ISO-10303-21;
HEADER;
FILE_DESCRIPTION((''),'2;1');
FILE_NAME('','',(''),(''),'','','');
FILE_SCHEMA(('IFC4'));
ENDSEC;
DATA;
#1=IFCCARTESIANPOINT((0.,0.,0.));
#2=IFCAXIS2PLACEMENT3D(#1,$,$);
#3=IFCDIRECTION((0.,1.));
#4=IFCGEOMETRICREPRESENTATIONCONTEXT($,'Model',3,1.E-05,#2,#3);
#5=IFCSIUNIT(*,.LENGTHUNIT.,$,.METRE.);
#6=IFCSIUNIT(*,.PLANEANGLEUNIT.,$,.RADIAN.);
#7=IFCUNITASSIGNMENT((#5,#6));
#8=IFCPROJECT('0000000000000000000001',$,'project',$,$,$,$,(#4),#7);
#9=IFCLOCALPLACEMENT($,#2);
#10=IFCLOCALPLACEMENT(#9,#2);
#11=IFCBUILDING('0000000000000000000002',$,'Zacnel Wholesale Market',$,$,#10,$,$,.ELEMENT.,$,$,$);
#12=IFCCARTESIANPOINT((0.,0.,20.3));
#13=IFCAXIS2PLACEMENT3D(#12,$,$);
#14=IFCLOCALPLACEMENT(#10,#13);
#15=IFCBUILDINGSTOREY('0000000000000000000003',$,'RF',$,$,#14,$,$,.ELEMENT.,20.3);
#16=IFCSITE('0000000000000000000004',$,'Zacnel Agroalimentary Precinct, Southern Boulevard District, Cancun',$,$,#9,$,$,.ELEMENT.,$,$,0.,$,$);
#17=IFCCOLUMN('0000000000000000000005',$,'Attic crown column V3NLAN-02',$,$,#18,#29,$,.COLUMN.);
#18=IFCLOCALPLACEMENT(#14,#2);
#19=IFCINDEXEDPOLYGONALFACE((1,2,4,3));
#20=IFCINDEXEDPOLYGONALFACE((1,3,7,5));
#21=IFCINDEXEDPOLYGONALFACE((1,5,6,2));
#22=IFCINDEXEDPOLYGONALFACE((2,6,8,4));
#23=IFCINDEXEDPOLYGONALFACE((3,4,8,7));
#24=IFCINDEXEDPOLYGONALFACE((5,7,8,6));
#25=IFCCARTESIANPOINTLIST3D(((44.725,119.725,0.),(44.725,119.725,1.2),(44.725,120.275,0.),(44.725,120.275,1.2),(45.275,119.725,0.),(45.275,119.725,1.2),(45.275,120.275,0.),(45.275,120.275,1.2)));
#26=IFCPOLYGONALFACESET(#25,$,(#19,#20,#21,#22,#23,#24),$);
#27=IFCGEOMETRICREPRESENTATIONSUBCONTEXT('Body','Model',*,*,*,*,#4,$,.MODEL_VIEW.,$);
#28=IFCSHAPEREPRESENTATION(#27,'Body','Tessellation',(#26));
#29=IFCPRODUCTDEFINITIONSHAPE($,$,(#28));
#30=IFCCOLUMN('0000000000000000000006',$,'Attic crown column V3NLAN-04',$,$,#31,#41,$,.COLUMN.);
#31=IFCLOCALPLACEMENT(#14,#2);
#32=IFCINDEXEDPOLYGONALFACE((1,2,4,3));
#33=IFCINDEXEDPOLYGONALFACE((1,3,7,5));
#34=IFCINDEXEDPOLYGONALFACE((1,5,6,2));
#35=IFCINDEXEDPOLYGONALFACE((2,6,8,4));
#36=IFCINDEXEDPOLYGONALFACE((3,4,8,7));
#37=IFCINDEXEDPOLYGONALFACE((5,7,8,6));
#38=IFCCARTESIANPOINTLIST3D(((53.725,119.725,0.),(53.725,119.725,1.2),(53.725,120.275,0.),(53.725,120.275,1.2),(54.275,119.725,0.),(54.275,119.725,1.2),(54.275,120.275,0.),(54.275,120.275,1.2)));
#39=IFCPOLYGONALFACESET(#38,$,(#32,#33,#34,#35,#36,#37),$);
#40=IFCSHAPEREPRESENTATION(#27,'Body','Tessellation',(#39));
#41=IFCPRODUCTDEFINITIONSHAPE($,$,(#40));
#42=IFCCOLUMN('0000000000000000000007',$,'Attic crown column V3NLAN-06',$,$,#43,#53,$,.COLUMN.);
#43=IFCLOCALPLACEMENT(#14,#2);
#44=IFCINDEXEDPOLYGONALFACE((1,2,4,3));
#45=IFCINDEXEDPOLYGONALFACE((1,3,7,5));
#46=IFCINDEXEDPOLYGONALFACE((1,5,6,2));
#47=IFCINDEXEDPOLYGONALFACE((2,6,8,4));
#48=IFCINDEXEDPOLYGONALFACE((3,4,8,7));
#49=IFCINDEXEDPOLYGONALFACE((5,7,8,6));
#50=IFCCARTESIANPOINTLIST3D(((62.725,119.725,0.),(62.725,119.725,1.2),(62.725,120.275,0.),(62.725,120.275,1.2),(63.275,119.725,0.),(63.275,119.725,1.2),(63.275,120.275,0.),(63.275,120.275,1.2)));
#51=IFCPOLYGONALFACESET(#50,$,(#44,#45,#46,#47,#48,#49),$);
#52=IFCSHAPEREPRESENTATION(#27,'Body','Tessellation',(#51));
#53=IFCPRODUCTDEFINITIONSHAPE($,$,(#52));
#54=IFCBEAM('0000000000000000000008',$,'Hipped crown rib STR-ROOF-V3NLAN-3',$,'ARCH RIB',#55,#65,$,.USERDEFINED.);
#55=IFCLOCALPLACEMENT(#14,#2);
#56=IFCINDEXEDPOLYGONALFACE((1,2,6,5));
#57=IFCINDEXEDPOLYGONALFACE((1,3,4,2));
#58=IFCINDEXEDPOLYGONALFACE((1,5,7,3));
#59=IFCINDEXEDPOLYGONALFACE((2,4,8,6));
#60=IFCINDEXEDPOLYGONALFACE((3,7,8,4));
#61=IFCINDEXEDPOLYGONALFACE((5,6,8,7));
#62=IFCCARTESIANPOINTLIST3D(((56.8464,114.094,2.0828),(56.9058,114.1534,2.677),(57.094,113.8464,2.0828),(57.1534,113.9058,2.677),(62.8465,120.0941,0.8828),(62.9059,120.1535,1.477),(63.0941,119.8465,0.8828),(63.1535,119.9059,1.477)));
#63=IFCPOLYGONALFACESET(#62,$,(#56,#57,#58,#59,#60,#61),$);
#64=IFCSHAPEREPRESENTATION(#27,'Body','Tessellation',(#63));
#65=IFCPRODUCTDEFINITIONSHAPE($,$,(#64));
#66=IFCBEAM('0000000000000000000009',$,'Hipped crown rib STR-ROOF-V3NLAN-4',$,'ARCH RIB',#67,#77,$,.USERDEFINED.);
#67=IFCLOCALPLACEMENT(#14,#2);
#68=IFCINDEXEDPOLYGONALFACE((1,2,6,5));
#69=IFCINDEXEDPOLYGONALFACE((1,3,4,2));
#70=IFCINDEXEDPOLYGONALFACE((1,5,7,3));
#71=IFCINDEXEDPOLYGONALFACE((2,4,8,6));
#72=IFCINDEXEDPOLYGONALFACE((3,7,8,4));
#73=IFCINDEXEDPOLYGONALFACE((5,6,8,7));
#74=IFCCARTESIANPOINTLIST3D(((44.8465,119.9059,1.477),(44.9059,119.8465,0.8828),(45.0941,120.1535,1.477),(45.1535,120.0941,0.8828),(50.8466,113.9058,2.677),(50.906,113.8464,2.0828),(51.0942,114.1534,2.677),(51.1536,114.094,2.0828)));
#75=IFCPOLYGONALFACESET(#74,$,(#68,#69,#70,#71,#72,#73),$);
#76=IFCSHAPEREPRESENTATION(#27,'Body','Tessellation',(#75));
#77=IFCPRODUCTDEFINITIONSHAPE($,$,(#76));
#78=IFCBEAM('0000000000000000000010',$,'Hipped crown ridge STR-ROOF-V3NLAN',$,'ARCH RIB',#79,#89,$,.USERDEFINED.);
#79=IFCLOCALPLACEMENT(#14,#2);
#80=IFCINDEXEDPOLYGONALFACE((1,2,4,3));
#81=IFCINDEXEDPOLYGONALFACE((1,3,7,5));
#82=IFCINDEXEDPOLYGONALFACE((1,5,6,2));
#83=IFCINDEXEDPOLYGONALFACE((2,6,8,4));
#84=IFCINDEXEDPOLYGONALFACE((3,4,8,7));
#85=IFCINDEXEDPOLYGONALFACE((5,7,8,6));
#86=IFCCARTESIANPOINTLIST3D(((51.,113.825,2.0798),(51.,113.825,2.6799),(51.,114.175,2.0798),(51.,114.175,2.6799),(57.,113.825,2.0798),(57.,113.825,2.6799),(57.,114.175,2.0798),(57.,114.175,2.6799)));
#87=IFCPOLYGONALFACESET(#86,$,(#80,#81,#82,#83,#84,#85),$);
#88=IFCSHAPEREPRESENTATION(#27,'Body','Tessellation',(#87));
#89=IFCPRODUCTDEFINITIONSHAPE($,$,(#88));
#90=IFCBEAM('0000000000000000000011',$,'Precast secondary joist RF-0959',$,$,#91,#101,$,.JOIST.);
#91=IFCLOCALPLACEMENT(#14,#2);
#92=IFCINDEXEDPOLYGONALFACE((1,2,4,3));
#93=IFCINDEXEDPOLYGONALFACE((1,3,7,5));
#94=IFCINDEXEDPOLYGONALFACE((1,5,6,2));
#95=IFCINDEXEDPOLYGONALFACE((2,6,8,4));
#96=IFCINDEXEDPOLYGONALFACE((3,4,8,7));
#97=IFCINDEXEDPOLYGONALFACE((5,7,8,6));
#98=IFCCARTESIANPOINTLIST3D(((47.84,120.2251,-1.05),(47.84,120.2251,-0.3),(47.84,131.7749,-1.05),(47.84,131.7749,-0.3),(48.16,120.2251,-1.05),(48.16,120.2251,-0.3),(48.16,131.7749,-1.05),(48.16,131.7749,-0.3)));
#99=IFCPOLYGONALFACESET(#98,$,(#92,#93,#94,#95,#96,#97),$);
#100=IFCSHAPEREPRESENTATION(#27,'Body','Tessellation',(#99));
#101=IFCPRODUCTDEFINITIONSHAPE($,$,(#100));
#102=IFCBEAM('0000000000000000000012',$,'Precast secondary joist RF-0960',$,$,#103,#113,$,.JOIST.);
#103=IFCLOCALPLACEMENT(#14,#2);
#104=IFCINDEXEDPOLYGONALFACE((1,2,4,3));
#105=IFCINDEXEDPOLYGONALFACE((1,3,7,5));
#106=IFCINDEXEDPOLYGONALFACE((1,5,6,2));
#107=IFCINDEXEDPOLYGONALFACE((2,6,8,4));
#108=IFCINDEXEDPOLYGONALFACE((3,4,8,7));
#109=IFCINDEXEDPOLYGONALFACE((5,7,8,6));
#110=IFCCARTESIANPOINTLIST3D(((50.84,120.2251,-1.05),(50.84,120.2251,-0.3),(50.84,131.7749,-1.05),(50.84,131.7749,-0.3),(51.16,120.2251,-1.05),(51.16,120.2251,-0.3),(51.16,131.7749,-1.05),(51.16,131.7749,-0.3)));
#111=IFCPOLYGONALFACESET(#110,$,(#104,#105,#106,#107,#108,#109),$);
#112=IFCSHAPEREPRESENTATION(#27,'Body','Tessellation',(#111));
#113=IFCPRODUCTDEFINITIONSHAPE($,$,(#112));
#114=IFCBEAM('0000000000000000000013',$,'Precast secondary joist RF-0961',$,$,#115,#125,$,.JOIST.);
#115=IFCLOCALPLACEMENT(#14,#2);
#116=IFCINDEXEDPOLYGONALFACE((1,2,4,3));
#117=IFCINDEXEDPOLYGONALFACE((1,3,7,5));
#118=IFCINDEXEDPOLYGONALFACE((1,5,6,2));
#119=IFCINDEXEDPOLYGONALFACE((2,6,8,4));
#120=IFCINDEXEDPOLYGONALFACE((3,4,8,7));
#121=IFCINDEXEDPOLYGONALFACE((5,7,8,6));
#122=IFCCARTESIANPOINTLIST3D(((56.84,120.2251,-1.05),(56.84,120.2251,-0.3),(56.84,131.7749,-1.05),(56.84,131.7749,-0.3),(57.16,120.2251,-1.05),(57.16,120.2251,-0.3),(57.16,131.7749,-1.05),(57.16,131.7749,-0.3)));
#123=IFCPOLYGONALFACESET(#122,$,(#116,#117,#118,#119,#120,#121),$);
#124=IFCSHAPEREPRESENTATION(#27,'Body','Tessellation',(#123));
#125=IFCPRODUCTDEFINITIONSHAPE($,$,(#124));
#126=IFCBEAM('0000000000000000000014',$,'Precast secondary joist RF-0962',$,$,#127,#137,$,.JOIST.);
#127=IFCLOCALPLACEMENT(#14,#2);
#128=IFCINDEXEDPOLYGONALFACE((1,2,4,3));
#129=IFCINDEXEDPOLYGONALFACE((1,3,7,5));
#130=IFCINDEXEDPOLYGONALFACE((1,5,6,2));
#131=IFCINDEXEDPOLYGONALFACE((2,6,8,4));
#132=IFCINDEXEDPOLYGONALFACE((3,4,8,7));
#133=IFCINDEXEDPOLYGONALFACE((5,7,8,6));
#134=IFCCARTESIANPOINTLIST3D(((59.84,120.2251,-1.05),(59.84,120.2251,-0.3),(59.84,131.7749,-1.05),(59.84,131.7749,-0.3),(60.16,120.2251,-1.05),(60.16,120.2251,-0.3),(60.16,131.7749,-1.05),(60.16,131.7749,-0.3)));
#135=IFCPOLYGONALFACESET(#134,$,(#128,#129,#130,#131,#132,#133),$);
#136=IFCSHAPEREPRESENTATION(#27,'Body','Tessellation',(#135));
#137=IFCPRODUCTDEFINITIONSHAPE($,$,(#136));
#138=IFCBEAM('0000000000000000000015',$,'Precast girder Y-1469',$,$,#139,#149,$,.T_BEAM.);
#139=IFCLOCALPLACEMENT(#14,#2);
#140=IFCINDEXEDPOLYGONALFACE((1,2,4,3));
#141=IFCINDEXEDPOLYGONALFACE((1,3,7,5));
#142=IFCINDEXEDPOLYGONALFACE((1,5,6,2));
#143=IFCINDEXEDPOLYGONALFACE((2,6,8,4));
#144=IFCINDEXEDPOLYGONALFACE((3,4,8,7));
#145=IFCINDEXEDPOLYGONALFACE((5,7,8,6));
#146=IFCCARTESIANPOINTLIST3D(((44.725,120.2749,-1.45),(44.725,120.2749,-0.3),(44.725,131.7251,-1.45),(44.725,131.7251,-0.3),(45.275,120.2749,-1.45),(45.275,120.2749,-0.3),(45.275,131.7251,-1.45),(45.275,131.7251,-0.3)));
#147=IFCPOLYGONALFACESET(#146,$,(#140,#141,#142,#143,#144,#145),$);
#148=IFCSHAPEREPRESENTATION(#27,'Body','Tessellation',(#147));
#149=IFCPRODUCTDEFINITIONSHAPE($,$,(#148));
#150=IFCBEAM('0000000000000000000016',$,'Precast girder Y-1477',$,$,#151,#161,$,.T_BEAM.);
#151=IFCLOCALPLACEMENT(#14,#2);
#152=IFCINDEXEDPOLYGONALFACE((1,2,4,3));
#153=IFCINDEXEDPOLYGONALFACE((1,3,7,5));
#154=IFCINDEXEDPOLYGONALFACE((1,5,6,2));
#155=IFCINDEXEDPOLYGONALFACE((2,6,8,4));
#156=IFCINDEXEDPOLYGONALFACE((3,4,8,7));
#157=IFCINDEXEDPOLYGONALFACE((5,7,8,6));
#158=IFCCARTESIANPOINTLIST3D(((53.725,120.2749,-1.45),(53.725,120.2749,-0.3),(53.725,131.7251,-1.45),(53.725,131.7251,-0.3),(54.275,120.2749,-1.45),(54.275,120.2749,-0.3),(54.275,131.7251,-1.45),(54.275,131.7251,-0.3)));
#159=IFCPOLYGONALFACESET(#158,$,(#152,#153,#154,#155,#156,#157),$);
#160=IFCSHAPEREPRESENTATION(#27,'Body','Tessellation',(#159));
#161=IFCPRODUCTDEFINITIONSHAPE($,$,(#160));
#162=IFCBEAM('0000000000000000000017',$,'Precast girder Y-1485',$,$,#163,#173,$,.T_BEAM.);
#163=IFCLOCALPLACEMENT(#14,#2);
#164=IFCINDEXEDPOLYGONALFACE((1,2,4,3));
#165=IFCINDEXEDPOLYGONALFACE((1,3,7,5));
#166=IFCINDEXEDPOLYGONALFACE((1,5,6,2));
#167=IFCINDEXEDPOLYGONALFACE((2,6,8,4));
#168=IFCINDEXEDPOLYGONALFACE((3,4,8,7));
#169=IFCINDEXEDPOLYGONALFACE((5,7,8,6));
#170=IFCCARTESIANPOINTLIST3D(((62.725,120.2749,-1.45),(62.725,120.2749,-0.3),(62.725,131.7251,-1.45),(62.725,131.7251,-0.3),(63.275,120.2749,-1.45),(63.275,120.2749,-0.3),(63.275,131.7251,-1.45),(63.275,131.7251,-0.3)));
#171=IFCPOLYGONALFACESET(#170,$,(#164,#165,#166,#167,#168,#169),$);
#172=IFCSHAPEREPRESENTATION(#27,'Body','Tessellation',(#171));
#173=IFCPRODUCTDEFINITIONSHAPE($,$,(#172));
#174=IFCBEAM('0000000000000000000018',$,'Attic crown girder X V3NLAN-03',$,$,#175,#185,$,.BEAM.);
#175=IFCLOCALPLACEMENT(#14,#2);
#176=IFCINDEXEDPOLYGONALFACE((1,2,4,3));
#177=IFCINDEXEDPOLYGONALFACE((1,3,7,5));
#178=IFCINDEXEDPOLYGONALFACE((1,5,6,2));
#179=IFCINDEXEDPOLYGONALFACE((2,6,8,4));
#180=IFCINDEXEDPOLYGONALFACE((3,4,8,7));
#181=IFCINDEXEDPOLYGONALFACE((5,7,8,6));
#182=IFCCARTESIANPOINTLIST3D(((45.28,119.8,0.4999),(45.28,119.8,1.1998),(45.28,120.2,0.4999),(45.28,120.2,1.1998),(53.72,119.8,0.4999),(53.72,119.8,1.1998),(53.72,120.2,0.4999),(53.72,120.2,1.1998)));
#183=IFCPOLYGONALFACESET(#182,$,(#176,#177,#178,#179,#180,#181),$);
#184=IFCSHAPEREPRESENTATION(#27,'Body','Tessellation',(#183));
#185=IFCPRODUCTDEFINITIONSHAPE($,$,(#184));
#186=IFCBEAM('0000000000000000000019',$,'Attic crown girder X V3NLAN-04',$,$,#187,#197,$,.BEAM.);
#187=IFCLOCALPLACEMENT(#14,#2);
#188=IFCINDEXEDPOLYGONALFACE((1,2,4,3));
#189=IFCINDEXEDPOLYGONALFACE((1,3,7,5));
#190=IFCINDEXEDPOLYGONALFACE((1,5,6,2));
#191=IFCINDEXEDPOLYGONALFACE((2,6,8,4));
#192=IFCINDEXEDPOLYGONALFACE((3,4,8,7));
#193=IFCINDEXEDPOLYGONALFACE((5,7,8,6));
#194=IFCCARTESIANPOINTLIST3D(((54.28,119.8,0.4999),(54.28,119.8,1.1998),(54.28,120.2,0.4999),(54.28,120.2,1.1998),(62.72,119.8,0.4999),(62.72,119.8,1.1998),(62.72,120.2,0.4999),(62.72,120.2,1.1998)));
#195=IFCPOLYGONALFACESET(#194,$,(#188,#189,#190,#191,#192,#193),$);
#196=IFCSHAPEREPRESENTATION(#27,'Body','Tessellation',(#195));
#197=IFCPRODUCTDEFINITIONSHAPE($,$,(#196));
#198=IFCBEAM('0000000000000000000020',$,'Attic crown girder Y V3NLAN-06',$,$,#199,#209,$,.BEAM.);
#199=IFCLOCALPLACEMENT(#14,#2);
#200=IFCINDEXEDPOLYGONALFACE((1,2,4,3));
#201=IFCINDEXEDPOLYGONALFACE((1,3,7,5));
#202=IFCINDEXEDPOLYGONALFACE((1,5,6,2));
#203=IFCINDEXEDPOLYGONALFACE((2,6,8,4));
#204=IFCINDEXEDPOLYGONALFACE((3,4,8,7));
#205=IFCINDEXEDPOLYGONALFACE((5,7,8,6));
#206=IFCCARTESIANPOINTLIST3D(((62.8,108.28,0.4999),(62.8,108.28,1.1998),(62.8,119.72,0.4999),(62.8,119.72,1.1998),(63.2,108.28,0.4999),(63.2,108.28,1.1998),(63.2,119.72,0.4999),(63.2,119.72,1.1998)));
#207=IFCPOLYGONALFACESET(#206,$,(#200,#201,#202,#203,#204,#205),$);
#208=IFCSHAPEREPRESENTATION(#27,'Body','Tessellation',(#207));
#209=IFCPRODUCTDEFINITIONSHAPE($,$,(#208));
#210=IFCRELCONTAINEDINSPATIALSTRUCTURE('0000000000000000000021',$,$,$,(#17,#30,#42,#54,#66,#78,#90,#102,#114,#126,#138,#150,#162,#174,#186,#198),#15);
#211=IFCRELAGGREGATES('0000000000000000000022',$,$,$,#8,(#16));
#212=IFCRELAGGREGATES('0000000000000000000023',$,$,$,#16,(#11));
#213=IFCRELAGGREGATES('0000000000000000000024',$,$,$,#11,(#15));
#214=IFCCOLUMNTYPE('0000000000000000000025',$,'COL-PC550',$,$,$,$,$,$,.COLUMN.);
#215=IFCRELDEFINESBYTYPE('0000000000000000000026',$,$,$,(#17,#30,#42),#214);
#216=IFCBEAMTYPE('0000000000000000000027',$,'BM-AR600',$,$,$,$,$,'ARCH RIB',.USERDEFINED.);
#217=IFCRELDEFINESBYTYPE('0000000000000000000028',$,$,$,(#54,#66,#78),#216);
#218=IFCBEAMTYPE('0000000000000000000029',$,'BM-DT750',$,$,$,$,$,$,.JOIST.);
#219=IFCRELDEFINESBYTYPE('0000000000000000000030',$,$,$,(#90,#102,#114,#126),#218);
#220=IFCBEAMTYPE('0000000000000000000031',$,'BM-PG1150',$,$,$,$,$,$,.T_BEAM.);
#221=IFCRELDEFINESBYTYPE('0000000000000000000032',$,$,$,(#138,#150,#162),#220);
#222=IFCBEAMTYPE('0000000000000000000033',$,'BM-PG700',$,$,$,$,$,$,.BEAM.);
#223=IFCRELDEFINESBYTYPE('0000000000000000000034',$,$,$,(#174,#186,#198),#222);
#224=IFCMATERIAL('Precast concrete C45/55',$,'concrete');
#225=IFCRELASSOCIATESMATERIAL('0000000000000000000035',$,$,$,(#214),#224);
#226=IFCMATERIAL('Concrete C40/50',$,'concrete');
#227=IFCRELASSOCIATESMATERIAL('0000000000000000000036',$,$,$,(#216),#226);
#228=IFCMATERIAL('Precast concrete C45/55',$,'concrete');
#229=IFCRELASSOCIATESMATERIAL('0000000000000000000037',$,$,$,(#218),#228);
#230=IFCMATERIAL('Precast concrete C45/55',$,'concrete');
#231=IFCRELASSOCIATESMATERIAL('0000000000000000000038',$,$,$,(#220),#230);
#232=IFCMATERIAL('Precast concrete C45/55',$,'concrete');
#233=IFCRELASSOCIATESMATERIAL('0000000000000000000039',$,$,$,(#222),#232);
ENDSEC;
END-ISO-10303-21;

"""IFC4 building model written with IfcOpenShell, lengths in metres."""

from ifc_helpers import new_model, si_unit, direction, frame, origin, origin_2d, place, context, subcontext, project, spatial, rectangle, extrude, material, material_profile, profile_set, type_object, element, save


model = new_model("IFC4")

# Units and contexts
model_context = context("Model", 3, precision=1e-05, world=origin(), true_north=direction((0.0, 1.0)))
body_context = subcontext(model_context, "Body", "Model", "MODEL_VIEW")
ifc_project = project(units=[si_unit("LENGTHUNIT", "METRE"), si_unit("PLANEANGLEUNIT", "RADIAN")], contexts=[model_context])

# Site, building, storey
site_placement = place(None, origin())
site = spatial("IfcSite", under=ifc_project, at=site_placement, Name="Zacnel Agroalimentary Precinct, Southern Boulevard District, Cancun", CompositionType="ELEMENT", RefElevation=0.0)
building_placement = place(site_placement, origin())
building = spatial("IfcBuilding", under=site, at=building_placement, Name="Zacnel Wholesale Market", CompositionType="ELEMENT")
storey_placement = place(building_placement, frame((0.0, 0.0, 20.3)))
storey = spatial("IfcBuildingStorey", under=building, at=storey_placement, Name="RF", CompositionType="ELEMENT", Elevation=20.3)

# Columns
ifc_material_1 = material(Name="Precast concrete C45/55", Category="concrete")
ifc_material_profile_1 = material_profile(ifc_material_1, rectangle(XDim=0.55, YDim=0.55, at=origin_2d()), Name="PC 550x550")
ifc_profile_set_1 = profile_set([ifc_material_profile_1], Name="Precast concrete C45/55")
column_type = type_object("IfcColumnType", Name="COL-PC550", PredefinedType="COLUMN", material=ifc_profile_set_1)
for number, where, z_axis, x_axis, name in (
    (1, (45.0, 120.0, 0.0), (0.0, 0.0, 1.0), (1.0, 0.0, 0.0), "Attic crown column V3NLAN-02"),
    (2, (54.0, 120.0, 0.0), (0.0, 0.0, 1.0), (1.0, 0.0, 0.0), "Attic crown column V3NLAN-04"),
    (3, (63.0, 120.0, 0.0), (0.0, 0.0, 1.0), (1.0, 0.0, 0.0), "Attic crown column V3NLAN-06"),
):
    element("IfcColumn", number, at=place(storey_placement, frame(where, z_axis=z_axis, x_axis=x_axis)), inside=storey, type_object=column_type, Name=name, PredefinedType="COLUMN", context=body_context, shape_type="SweptSolid", body=[
        extrude(rectangle(XDim=0.55, YDim=0.55, at=origin_2d()), origin(), (0.0, 0.0, 1.0), 1.2),
    ])

# Beams
ifc_material_2 = material(Name="Concrete C40/50", Category="concrete")
ifc_material_profile_2 = material_profile(ifc_material_2, rectangle(XDim=0.3501, YDim=0.6001, at=origin_2d()), Name="ARCH RIB 350x600")
ifc_profile_set_2 = profile_set([ifc_material_profile_2], Name="Concrete C40/50")
beam_type_1 = type_object("IfcBeamType", Name="BM-AR600", ElementType="ARCH RIB", PredefinedType="USERDEFINED", material=ifc_profile_set_2)
for number, where, z_axis, x_axis, name in (
    (4, (63.0, 120.0, 1.1799), (-0.700141, -0.700141, 0.140022), (0.707107, -0.707107, 0.0), "Hipped crown rib STR-ROOF-V3NLAN-3"),
    (5, (45.0, 120.0, 1.1799), (0.700141, -0.700141, 0.140022), (0.707107, 0.707107, 0.0), "Hipped crown rib STR-ROOF-V3NLAN-4"),
):
    element("IfcBeam", number, at=place(storey_placement, frame(where, z_axis=z_axis, x_axis=x_axis)), inside=storey, type_object=beam_type_1, Name=name, ObjectType="ARCH RIB", PredefinedType="USERDEFINED", context=body_context, shape_type="SweptSolid", body=[
        extrude(rectangle(XDim=0.3501, YDim=0.6001, at=origin_2d()), origin(), (0.0, 0.0, 1.0), 8.5698),
    ])
beam_1_placement = place(storey_placement, frame((51.0, 114.0, 2.3799), z_axis=(1.0, 0.0, 0.0), x_axis=(0.0, 1.0, 0.0)))
element("IfcBeam", 6, at=beam_1_placement, inside=storey, type_object=beam_type_1, Name="Hipped crown ridge STR-ROOF-V3NLAN", ObjectType="ARCH RIB", PredefinedType="USERDEFINED", context=body_context, shape_type="SweptSolid", body=[
    extrude(rectangle(XDim=0.3501, YDim=0.6001, at=origin_2d()), origin(), (0.0, 0.0, 1.0), 6.0),
])
ifc_material_3 = material(Name="Precast concrete C45/55", Category="concrete")
ifc_material_profile_3 = material_profile(ifc_material_3, rectangle(XDim=0.3201, YDim=0.75, at=origin_2d()), Name="DT RIB 320x750")
ifc_profile_set_3 = profile_set([ifc_material_profile_3], Name="Precast concrete C45/55")
beam_type_2 = type_object("IfcBeamType", Name="BM-DT750", PredefinedType="JOIST", material=ifc_profile_set_3)
for number, where, z_axis, x_axis, name in (
    (7, (48.0, 120.2251, -0.675), (0.0, 1.0, 0.0), (-1.0, 0.0, 0.0), "Precast secondary joist RF-0959"),
    (8, (51.0, 120.2251, -0.675), (0.0, 1.0, 0.0), (-1.0, 0.0, 0.0), "Precast secondary joist RF-0960"),
    (9, (57.0, 120.2251, -0.675), (0.0, 1.0, 0.0), (-1.0, 0.0, 0.0), "Precast secondary joist RF-0961"),
    (10, (60.0, 120.2251, -0.675), (0.0, 1.0, 0.0), (-1.0, 0.0, 0.0), "Precast secondary joist RF-0962"),
):
    element("IfcBeam", number, at=place(storey_placement, frame(where, z_axis=z_axis, x_axis=x_axis)), inside=storey, type_object=beam_type_2, Name=name, PredefinedType="JOIST", context=body_context, shape_type="SweptSolid", body=[
        extrude(rectangle(XDim=0.3201, YDim=0.75, at=origin_2d()), origin(), (0.0, 0.0, 1.0), 11.5498),
    ])
ifc_material_4 = material(Name="Precast concrete C45/55", Category="concrete")
ifc_material_profile_4 = material_profile(ifc_material_4, rectangle(XDim=0.55, YDim=1.1499, at=origin_2d()), Name="PG 550x1150")
ifc_profile_set_4 = profile_set([ifc_material_profile_4], Name="Precast concrete C45/55")
beam_type_3 = type_object("IfcBeamType", Name="BM-PG1150", PredefinedType="T_BEAM", material=ifc_profile_set_4)
for number, where, z_axis, x_axis, name in (
    (11, (45.0, 120.2749, -0.875), (0.0, 1.0, 0.0), (-1.0, 0.0, 0.0), "Precast girder Y-1469"),
    (12, (54.0, 120.2749, -0.875), (0.0, 1.0, 0.0), (-1.0, 0.0, 0.0), "Precast girder Y-1477"),
    (13, (63.0, 120.2749, -0.875), (0.0, 1.0, 0.0), (-1.0, 0.0, 0.0), "Precast girder Y-1485"),
):
    element("IfcBeam", number, at=place(storey_placement, frame(where, z_axis=z_axis, x_axis=x_axis)), inside=storey, type_object=beam_type_3, Name=name, PredefinedType="T_BEAM", context=body_context, shape_type="SweptSolid", body=[
        extrude(rectangle(XDim=0.55, YDim=1.1499, at=origin_2d()), origin(), (0.0, 0.0, 1.0), 11.4502),
    ])
ifc_material_5 = material(Name="Precast concrete C45/55", Category="concrete")
ifc_material_profile_5 = material_profile(ifc_material_5, rectangle(XDim=0.3999, YDim=0.7, at=origin_2d()), Name="PG 400x700")
ifc_profile_set_5 = profile_set([ifc_material_profile_5], Name="Precast concrete C45/55")
beam_type_4 = type_object("IfcBeamType", Name="BM-PG700", PredefinedType="BEAM", material=ifc_profile_set_5)
for number, where, z_axis, x_axis, name in (
    (14, (45.28, 120.0, 0.8499), (1.0, 0.0, 0.0), (0.0, 1.0, 0.0), "Attic crown girder X V3NLAN-03"),
    (15, (54.28, 120.0, 0.8499), (1.0, 0.0, 0.0), (0.0, 1.0, 0.0), "Attic crown girder X V3NLAN-04"),
):
    element("IfcBeam", number, at=place(storey_placement, frame(where, z_axis=z_axis, x_axis=x_axis)), inside=storey, type_object=beam_type_4, Name=name, PredefinedType="BEAM", context=body_context, shape_type="SweptSolid", body=[
        extrude(rectangle(XDim=0.3999, YDim=0.7, at=origin_2d()), origin(), (0.0, 0.0, 1.0), 8.4399),
    ])
beam_2_placement = place(storey_placement, frame((63.0, 108.28, 0.8499), z_axis=(0.0, 1.0, 0.0), x_axis=(-1.0, 0.0, 0.0)))
element("IfcBeam", 16, at=beam_2_placement, inside=storey, type_object=beam_type_4, Name="Attic crown girder Y V3NLAN-06", PredefinedType="BEAM", context=body_context, shape_type="SweptSolid", body=[
    extrude(rectangle(XDim=0.3999, YDim=0.7, at=origin_2d()), origin(), (0.0, 0.0, 1.0), 11.4399),
])

save(model, "model.ifc")
